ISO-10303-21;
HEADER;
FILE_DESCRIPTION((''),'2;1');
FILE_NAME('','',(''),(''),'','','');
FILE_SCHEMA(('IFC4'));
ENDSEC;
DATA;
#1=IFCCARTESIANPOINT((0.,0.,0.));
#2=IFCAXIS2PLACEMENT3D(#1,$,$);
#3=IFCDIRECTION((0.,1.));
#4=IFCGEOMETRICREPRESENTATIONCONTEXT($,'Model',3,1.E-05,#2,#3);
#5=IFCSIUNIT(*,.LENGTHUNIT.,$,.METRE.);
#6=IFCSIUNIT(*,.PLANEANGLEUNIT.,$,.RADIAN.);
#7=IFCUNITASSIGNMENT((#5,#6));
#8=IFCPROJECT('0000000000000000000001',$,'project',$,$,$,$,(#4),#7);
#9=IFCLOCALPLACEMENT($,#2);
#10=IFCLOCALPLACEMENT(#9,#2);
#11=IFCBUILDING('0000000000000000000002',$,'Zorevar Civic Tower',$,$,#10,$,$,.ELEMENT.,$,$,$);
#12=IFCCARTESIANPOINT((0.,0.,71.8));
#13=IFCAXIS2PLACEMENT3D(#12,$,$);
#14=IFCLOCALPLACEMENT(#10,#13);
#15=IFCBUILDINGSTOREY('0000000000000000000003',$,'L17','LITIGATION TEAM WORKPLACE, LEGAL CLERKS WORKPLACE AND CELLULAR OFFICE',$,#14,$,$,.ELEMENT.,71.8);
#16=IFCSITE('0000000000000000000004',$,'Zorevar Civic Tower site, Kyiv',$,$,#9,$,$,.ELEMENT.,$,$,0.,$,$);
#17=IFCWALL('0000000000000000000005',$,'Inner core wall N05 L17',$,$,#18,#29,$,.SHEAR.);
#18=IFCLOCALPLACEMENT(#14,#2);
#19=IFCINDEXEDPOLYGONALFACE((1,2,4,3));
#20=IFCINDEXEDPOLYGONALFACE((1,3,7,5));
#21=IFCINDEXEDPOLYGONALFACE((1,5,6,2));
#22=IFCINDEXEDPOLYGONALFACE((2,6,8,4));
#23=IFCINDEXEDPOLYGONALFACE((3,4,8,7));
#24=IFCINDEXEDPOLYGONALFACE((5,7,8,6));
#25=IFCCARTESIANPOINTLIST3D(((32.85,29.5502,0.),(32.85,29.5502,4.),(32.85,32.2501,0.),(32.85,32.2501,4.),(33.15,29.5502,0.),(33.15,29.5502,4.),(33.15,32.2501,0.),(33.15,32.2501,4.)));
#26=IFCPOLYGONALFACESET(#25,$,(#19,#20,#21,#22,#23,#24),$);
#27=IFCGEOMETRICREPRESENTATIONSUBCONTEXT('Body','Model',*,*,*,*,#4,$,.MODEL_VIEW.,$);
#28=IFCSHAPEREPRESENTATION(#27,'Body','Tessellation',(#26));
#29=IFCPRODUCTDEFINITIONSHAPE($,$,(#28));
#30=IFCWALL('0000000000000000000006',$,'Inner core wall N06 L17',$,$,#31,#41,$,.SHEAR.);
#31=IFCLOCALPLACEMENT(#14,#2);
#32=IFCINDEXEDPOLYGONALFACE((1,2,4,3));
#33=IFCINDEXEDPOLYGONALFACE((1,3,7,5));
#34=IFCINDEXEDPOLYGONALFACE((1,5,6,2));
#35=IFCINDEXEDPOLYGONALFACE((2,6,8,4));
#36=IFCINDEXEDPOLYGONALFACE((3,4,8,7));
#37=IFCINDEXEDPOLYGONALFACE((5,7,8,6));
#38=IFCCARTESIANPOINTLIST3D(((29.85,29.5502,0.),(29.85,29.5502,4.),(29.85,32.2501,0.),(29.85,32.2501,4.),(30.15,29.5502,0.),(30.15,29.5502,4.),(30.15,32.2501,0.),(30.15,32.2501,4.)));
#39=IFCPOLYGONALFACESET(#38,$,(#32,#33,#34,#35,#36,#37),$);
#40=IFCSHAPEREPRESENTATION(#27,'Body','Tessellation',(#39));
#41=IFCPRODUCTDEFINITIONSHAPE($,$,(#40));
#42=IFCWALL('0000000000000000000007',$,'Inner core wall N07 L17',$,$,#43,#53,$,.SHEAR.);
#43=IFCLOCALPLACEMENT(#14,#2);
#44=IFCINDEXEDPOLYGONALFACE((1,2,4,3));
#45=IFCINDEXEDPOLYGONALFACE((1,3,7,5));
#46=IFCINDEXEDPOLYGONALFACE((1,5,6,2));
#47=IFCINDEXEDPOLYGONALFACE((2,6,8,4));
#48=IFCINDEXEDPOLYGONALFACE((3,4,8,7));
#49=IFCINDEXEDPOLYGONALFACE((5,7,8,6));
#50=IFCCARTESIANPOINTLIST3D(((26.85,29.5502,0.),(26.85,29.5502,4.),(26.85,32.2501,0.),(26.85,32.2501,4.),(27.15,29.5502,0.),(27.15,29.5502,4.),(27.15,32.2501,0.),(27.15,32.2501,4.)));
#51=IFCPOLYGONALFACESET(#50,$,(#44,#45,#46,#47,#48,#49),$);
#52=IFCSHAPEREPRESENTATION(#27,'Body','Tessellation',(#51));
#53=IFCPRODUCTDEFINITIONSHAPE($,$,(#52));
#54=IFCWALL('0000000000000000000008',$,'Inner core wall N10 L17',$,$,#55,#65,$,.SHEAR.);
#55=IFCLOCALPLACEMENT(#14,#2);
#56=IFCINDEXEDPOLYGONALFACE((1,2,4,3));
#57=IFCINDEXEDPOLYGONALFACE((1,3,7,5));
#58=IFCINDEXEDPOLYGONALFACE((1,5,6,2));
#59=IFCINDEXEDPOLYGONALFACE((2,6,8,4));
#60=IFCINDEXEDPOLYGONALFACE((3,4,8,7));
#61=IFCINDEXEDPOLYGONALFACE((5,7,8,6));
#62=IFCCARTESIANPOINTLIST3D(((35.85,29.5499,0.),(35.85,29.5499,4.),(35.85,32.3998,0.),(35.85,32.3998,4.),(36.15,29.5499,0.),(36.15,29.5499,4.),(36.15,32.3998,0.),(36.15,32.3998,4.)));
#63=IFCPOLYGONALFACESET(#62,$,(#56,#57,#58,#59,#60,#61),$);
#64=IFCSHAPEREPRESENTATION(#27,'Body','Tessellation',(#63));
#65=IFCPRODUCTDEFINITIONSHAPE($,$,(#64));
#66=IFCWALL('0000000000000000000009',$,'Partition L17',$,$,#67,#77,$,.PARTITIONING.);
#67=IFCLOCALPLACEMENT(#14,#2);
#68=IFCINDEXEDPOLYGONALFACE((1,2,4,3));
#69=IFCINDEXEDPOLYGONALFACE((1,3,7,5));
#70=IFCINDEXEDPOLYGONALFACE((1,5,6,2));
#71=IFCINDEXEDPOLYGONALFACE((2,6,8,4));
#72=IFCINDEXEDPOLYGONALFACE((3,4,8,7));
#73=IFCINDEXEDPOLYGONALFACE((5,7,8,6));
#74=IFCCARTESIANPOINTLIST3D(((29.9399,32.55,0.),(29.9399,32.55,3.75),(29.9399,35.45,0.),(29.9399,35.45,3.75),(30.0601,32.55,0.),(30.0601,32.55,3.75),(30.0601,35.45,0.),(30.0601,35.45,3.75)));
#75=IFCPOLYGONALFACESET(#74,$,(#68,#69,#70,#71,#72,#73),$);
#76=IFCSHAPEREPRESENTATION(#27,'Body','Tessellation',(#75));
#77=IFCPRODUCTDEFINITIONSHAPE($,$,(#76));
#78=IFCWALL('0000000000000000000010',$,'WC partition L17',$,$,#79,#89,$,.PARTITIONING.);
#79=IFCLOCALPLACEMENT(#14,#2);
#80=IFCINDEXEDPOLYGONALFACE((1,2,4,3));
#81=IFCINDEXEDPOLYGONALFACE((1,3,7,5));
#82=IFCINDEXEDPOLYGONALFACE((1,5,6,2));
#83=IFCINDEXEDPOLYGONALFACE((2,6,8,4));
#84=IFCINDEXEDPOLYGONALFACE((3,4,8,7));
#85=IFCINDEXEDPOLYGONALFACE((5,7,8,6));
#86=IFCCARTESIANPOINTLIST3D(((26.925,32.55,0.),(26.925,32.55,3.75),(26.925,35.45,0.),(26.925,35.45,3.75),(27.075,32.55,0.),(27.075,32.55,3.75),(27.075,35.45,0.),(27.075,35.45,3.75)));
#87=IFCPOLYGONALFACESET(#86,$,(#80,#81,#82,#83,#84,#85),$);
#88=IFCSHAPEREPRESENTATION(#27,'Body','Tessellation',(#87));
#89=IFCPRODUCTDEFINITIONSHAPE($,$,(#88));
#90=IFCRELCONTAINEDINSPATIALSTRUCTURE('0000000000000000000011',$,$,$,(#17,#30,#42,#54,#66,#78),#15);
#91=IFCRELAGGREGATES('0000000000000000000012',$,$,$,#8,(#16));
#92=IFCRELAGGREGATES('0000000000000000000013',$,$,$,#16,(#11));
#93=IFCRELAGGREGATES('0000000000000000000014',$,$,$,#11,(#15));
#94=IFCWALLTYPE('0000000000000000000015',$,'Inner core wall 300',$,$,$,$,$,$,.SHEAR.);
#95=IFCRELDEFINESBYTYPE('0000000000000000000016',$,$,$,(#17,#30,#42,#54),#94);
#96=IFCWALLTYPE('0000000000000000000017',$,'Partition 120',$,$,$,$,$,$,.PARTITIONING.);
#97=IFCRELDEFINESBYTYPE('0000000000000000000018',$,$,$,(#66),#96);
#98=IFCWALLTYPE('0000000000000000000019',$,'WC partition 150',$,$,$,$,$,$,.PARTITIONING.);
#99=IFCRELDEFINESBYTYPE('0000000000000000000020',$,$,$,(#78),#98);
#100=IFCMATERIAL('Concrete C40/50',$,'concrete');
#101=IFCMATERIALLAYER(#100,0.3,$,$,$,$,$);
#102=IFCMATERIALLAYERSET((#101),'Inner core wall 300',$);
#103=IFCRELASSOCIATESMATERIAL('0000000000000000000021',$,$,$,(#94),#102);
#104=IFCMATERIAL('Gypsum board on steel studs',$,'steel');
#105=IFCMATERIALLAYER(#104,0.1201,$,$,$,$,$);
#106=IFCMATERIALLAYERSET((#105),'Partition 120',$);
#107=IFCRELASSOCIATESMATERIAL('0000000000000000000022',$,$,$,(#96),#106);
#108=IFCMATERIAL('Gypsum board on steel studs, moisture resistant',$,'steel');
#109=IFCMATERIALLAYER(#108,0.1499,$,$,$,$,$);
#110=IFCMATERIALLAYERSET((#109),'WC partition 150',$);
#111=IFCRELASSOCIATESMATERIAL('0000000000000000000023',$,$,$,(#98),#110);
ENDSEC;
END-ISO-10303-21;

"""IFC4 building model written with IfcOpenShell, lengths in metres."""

from ifc_helpers import new_model, si_unit, direction, frame, frame_2d, origin, place, context, subcontext, project, spatial, rectangle, extrude, material, layer, layer_set, type_object, element, save


model = new_model("IFC4")

# Units and contexts
model_context = context("Model", 3, precision=1e-05, world=origin(), true_north=direction((0.0, 1.0)))
body_context = subcontext(model_context, "Body", "Model", "MODEL_VIEW")
ifc_project = project(units=[si_unit("LENGTHUNIT", "METRE"), si_unit("PLANEANGLEUNIT", "RADIAN")], contexts=[model_context])

# Site, building, storey
site_placement = place(None, origin())
site = spatial("IfcSite", under=ifc_project, at=site_placement, Name="Zorevar Civic Tower site, Kyiv", CompositionType="ELEMENT", RefElevation=0.0)
building_placement = place(site_placement, origin())
building = spatial("IfcBuilding", under=site, at=building_placement, Name="Zorevar Civic Tower", CompositionType="ELEMENT")
storey_placement = place(building_placement, frame((0.0, 0.0, 71.8)))
storey = spatial("IfcBuildingStorey", under=building, at=storey_placement, Name="L17", Description="LITIGATION TEAM WORKPLACE, LEGAL CLERKS WORKPLACE AND CELLULAR OFFICE", CompositionType="ELEMENT", Elevation=71.8)

# Walls
ifc_material_1 = material(Name="Concrete C40/50", Category="concrete")
ifc_layer_1 = layer(ifc_material_1, 0.3)
ifc_layer_set_1 = layer_set([ifc_layer_1], Name="Inner core wall 300")
wall_type_1 = type_object("IfcWallType", Name="Inner core wall 300", PredefinedType="SHEAR", material=ifc_layer_set_1)
for number, where, z_axis, x_axis, name in (
    (1, (33.0, 29.55, 0.0), (0.0, 0.0, 1.0), (0.0, 1.0, 0.0), "Inner core wall N05 L17"),
    (2, (30.0, 29.55, 0.0), (0.0, 0.0, 1.0), (0.0, 1.0, 0.0), "Inner core wall N06 L17"),
    (3, (27.0, 29.55, 0.0), (0.0, 0.0, 1.0), (0.0, 1.0, 0.0), "Inner core wall N07 L17"),
):
    element("IfcWall", number, at=place(storey_placement, frame(where, z_axis=z_axis, x_axis=x_axis)), inside=storey, type_object=wall_type_1, Name=name, PredefinedType="SHEAR", context=body_context, shape_type="SweptSolid", body=[
        extrude(rectangle(XDim=2.7, YDim=0.3, at=frame_2d((1.3501, 0.0))), origin(), (0.0, 0.0, 1.0), 4.0),
    ])
wall_1_placement = place(storey_placement, frame((36.0, 29.55, 0.0), z_axis=(0.0, 0.0, 1.0), x_axis=(0.0, 1.0, 0.0)))
element("IfcWall", 4, at=wall_1_placement, inside=storey, type_object=wall_type_1, Name="Inner core wall N10 L17", PredefinedType="SHEAR", context=body_context, shape_type="SweptSolid", body=[
    extrude(rectangle(XDim=2.8499, YDim=0.3, at=frame_2d((1.4248, 0.0))), origin(), (0.0, 0.0, 1.0), 4.0),
])
ifc_material_2 = material(Name="Gypsum board on steel studs", Category="steel")
ifc_layer_2 = layer(ifc_material_2, 0.1201)
ifc_layer_set_2 = layer_set([ifc_layer_2], Name="Partition 120")
wall_type_2 = type_object("IfcWallType", Name="Partition 120", PredefinedType="PARTITIONING", material=ifc_layer_set_2)
wall_2_placement = place(storey_placement, frame((30.0, 32.55, 0.0), z_axis=(0.0, 0.0, 1.0), x_axis=(0.0, 1.0, 0.0)))
element("IfcWall", 5, at=wall_2_placement, inside=storey, type_object=wall_type_2, Name="Partition L17", PredefinedType="PARTITIONING", context=body_context, shape_type="SweptSolid", body=[
    extrude(rectangle(XDim=2.8999, YDim=0.1201, at=frame_2d((1.45, 0.0))), origin(), (0.0, 0.0, 1.0), 3.75),
])
ifc_material_3 = material(Name="Gypsum board on steel studs, moisture resistant", Category="steel")
ifc_layer_3 = layer(ifc_material_3, 0.1499)
ifc_layer_set_3 = layer_set([ifc_layer_3], Name="WC partition 150")
wall_type_3 = type_object("IfcWallType", Name="WC partition 150", PredefinedType="PARTITIONING", material=ifc_layer_set_3)
wall_3_placement = place(storey_placement, frame((27.0, 32.55, 0.0), z_axis=(0.0, 0.0, 1.0), x_axis=(0.0, 1.0, 0.0)))
element("IfcWall", 6, at=wall_3_placement, inside=storey, type_object=wall_type_3, Name="WC partition L17", PredefinedType="PARTITIONING", context=body_context, shape_type="SweptSolid", body=[
    extrude(rectangle(XDim=2.8999, YDim=0.1499, at=frame_2d((1.45, 0.0))), origin(), (0.0, 0.0, 1.0), 3.75),
])

save(model, "model.ifc")
